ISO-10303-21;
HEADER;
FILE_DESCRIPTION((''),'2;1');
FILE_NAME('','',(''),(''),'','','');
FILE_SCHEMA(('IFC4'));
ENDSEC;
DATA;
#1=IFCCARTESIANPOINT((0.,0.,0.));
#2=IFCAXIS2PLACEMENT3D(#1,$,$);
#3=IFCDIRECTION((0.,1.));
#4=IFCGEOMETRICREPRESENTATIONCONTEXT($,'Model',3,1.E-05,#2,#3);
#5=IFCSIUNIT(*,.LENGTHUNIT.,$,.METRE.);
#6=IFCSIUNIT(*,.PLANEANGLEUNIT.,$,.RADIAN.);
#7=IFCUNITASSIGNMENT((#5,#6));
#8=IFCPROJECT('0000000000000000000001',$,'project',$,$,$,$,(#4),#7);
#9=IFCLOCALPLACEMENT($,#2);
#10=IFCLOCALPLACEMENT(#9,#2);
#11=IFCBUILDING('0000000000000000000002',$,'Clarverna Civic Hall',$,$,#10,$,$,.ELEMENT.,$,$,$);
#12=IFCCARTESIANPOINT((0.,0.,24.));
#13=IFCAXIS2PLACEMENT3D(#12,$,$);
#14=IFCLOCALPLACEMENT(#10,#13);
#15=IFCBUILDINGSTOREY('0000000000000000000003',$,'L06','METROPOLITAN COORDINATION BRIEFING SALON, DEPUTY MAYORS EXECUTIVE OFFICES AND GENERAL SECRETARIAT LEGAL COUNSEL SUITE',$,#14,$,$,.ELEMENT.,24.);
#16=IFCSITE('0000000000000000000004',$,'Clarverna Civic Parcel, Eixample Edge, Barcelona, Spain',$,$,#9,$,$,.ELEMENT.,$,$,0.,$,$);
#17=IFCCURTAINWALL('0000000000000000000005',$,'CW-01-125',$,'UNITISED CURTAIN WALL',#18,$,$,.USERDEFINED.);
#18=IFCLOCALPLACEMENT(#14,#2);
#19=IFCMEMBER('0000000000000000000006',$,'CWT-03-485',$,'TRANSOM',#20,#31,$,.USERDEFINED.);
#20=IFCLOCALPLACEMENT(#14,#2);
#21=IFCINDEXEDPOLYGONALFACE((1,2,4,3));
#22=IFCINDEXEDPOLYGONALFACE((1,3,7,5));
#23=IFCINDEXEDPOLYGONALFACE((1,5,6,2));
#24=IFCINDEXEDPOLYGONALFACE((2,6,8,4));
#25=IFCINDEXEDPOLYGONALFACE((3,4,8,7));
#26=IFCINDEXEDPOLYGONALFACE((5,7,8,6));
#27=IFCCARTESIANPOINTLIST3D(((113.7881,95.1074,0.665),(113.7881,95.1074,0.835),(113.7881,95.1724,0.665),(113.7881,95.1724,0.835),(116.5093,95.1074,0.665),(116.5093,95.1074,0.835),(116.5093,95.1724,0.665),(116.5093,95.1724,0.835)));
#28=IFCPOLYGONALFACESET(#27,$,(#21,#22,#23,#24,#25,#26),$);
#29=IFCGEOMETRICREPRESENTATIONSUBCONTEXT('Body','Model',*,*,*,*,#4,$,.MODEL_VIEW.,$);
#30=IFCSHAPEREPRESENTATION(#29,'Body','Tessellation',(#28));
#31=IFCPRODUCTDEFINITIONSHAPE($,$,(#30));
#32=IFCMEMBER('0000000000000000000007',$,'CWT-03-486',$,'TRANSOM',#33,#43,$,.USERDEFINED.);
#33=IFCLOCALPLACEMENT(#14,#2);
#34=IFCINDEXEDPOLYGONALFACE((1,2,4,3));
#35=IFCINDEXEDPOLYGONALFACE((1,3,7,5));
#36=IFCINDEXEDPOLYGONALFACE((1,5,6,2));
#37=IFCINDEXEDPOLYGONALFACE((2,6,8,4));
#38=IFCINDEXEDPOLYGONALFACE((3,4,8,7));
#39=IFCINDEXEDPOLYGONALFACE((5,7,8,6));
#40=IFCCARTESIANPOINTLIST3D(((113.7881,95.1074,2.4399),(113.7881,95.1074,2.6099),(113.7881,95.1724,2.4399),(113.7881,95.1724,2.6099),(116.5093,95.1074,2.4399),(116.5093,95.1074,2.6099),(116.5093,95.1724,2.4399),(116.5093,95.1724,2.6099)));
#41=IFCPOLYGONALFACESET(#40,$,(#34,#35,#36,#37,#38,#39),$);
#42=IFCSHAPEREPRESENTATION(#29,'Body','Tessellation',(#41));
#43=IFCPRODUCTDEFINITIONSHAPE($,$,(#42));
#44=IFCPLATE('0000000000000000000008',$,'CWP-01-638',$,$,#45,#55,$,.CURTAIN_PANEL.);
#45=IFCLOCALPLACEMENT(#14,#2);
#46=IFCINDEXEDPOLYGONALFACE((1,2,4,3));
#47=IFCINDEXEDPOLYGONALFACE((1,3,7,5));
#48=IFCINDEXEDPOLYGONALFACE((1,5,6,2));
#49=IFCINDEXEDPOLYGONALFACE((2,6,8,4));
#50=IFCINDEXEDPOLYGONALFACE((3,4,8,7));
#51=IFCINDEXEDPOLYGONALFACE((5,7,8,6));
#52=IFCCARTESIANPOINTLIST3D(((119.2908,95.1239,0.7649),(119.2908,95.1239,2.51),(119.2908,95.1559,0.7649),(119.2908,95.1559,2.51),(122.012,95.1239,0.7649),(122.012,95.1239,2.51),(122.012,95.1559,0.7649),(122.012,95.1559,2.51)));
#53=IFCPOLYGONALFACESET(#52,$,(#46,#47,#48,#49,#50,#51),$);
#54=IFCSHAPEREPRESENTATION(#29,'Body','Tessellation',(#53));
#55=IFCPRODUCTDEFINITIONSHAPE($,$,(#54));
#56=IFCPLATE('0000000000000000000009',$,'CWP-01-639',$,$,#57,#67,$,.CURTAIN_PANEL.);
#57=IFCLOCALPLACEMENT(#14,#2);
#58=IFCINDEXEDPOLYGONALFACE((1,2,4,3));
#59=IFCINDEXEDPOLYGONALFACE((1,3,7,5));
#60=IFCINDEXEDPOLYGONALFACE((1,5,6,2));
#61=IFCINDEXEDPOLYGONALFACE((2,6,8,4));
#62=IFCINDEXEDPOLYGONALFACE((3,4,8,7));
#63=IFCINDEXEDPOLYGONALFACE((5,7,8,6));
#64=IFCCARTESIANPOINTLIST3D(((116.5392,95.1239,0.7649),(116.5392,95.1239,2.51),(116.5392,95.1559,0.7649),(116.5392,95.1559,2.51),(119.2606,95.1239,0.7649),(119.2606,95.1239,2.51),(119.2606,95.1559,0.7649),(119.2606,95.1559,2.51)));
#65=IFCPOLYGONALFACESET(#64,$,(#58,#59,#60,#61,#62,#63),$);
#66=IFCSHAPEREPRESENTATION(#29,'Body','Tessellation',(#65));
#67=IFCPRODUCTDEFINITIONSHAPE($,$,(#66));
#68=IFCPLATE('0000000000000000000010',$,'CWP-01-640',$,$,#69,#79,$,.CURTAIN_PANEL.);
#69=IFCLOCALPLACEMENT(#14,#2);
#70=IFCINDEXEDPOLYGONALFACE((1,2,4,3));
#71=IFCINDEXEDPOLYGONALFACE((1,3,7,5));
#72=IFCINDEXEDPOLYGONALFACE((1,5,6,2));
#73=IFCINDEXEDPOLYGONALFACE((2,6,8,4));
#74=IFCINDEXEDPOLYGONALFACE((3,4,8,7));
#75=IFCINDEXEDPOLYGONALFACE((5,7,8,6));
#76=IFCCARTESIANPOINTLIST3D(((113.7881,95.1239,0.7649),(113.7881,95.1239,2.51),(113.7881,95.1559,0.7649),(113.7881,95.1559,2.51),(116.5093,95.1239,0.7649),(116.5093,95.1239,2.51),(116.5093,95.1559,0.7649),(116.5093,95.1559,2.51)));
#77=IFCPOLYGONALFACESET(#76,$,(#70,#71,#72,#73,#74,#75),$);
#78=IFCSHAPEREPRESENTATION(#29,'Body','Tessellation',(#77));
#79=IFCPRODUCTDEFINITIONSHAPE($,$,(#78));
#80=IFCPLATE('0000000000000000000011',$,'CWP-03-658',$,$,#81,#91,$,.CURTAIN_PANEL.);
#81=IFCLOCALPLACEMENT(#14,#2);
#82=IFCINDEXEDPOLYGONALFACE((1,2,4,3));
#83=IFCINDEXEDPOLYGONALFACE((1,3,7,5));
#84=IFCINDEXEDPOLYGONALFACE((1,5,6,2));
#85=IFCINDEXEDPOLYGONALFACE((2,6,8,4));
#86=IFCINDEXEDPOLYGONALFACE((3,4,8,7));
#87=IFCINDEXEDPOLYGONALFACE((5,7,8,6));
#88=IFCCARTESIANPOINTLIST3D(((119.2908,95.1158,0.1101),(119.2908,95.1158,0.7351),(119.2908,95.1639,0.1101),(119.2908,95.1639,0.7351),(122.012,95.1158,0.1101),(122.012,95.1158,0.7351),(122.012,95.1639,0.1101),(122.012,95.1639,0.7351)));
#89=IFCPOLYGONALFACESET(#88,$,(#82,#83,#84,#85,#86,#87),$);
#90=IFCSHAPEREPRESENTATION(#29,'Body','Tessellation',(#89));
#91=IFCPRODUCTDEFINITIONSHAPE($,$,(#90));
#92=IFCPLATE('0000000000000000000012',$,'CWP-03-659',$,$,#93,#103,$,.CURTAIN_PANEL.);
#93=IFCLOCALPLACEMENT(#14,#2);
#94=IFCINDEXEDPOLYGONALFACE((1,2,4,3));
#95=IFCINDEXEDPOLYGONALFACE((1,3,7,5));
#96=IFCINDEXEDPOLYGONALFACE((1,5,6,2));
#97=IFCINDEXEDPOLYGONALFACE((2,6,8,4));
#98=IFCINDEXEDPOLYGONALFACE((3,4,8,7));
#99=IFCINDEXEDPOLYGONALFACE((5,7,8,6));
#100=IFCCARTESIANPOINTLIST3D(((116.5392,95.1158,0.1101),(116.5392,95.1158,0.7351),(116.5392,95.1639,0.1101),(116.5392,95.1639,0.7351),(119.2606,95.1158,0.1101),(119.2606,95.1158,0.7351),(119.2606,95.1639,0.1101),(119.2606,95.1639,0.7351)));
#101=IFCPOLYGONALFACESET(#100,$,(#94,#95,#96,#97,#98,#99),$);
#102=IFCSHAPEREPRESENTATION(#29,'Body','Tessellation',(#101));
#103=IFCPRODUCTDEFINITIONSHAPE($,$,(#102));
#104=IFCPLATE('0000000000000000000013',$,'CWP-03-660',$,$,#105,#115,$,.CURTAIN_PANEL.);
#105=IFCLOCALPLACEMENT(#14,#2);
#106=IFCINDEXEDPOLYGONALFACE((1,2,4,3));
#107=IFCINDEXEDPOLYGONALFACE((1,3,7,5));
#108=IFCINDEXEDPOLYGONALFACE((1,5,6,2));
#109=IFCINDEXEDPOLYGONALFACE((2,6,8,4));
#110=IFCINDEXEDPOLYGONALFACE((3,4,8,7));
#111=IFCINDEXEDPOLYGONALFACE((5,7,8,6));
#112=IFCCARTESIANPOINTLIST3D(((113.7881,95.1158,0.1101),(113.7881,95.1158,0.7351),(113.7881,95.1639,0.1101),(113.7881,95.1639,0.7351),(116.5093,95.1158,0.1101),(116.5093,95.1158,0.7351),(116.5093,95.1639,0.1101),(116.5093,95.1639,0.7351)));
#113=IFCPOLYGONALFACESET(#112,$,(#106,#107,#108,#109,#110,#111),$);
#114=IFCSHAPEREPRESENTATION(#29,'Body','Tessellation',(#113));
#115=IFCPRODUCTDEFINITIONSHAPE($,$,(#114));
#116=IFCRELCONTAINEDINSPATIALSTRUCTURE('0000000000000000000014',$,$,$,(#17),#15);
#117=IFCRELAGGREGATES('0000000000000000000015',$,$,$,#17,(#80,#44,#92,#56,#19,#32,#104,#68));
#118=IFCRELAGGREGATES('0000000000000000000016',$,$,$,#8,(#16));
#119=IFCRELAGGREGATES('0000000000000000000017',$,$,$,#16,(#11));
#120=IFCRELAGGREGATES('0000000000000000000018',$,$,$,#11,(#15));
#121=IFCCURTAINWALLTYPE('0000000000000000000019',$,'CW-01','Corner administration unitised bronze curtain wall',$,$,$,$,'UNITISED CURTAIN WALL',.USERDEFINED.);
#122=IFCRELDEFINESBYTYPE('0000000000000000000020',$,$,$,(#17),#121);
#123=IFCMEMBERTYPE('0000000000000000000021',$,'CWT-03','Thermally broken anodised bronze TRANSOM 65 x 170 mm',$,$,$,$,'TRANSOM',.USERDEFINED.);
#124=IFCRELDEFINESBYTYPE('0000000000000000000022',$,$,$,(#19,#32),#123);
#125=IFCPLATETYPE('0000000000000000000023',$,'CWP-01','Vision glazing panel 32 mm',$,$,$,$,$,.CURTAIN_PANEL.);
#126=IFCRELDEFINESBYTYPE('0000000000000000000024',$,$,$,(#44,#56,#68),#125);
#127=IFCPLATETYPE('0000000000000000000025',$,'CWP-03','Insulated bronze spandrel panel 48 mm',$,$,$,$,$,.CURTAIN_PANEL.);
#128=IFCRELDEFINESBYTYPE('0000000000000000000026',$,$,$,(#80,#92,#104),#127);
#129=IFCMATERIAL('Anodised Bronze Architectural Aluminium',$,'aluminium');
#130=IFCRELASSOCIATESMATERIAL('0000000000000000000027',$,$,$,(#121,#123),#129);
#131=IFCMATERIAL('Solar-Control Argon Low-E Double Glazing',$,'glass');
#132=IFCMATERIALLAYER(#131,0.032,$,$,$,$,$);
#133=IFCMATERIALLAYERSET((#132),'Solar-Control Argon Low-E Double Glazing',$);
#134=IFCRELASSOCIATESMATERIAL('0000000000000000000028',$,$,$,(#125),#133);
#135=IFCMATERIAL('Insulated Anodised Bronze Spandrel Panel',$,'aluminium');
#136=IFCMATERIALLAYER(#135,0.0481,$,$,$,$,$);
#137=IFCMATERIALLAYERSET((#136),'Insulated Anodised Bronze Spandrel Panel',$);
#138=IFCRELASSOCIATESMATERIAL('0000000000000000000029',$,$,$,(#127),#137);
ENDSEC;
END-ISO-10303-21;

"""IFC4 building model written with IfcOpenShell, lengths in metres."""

from ifc_helpers import new_model, si_unit, direction, frame, frame_2d, origin, origin_2d, place, context, subcontext, project, spatial, rectangle, extrude, material, layer, layer_set, material_profile, profile_set, type_object, element, aggregate, save


model = new_model("IFC4")

# Units and contexts
model_context = context("Model", 3, precision=1e-05, world=origin(), true_north=direction((0.0, 1.0)))
body_context = subcontext(model_context, "Body", "Model", "MODEL_VIEW")
ifc_project = project(units=[si_unit("LENGTHUNIT", "METRE"), si_unit("PLANEANGLEUNIT", "RADIAN")], contexts=[model_context])

# Site, building, storey
site_placement = place(None, origin())
site = spatial("IfcSite", under=ifc_project, at=site_placement, Name="Clarverna Civic Parcel, Eixample Edge, Barcelona, Spain", CompositionType="ELEMENT", RefElevation=0.0)
building_placement = place(site_placement, origin())
building = spatial("IfcBuilding", under=site, at=building_placement, Name="Clarverna Civic Hall", CompositionType="ELEMENT")
storey_placement = place(building_placement, frame((0.0, 0.0, 24.0)))
storey = spatial("IfcBuildingStorey", under=building, at=storey_placement, Name="L06", Description="METROPOLITAN COORDINATION BRIEFING SALON, DEPUTY MAYORS EXECUTIVE OFFICES AND GENERAL SECRETARIAT LEGAL COUNSEL SUITE", CompositionType="ELEMENT", Elevation=24.0)

# Curtain wall, members, plates
ifc_material_1 = material(Name="Anodised Bronze Architectural Aluminium", Category="aluminium")
curtain_wall_type = type_object("IfcCurtainWallType", Name="CW-01", Description="Corner administration unitised bronze curtain wall", ElementType="UNITISED CURTAIN WALL", PredefinedType="USERDEFINED", material=ifc_material_1)
curtain_wall_placement = place(storey_placement, origin())
curtain_wall = element("IfcCurtainWall", 1, at=curtain_wall_placement, inside=storey, type_object=curtain_wall_type, Name="CW-01-125", ObjectType="UNITISED CURTAIN WALL", PredefinedType="USERDEFINED")
ifc_material_profile_1 = material_profile(ifc_material_1, rectangle(XDim=0.0649, YDim=0.1699, at=origin_2d()), Name="BRONZE 65x170")
ifc_profile_set_1 = profile_set([ifc_material_profile_1], Name="Anodised Bronze Architectural Aluminium")
member_type_1 = type_object("IfcMemberType", Name="CWT-03", Description="Thermally broken anodised bronze TRANSOM 65 x 170 mm", ElementType="TRANSOM", PredefinedType="USERDEFINED", material=ifc_profile_set_1)
member_1_placement = place(storey_placement, frame((116.5093, 95.1399, 0.75), z_axis=(-1.0, 0.0, 0.0), x_axis=(0.0, -1.0, 0.0)))
member_1 = element("IfcMember", 2, at=member_1_placement, type_object=member_type_1, Name="CWT-03-485", ObjectType="TRANSOM", PredefinedType="USERDEFINED", context=body_context, shape_type="SweptSolid", body=[
    extrude(rectangle(XDim=0.0649, YDim=0.1699, at=origin_2d()), origin(), (0.0, 0.0, 1.0), 2.7212),
])
member_2_placement = place(storey_placement, frame((116.5093, 95.1399, 2.5249), z_axis=(-1.0, 0.0, 0.0), x_axis=(0.0, -1.0, 0.0)))
member_2 = element("IfcMember", 3, at=member_2_placement, type_object=member_type_1, Name="CWT-03-486", ObjectType="TRANSOM", PredefinedType="USERDEFINED", context=body_context, shape_type="SweptSolid", body=[
    extrude(rectangle(XDim=0.0649, YDim=0.1699, at=origin_2d()), origin(), (0.0, 0.0, 1.0), 2.7212),
])
ifc_material_2 = material(Name="Solar-Control Argon Low-E Double Glazing", Category="glass")
ifc_layer_1 = layer(ifc_material_2, 0.032)
ifc_layer_set_1 = layer_set([ifc_layer_1], Name="Solar-Control Argon Low-E Double Glazing")
plate_type_1 = type_object("IfcPlateType", Name="CWP-01", Description="Vision glazing panel 32 mm", PredefinedType="CURTAIN_PANEL", material=ifc_layer_set_1)
plate_1_placement = place(storey_placement, frame((122.012, 95.1399, 0.7649), z_axis=(0.0, 0.0, 1.0), x_axis=(-1.0, 0.0, 0.0)))
plate_1 = element("IfcPlate", 4, at=plate_1_placement, type_object=plate_type_1, Name="CWP-01-638", PredefinedType="CURTAIN_PANEL", context=body_context, shape_type="SweptSolid", body=[
    extrude(rectangle(XDim=2.7212, YDim=0.032, at=frame_2d((1.3606, 0.0))), origin(), (0.0, 0.0, 1.0), 1.7451),
])
plate_2_placement = place(storey_placement, frame((119.2607, 95.1399, 0.7649), z_axis=(0.0, 0.0, 1.0), x_axis=(-1.0, 0.0, 0.0)))
plate_2 = element("IfcPlate", 5, at=plate_2_placement, type_object=plate_type_1, Name="CWP-01-639", PredefinedType="CURTAIN_PANEL", context=body_context, shape_type="SweptSolid", body=[
    extrude(rectangle(XDim=2.7214, YDim=0.032, at=frame_2d((1.3608, 0.0))), origin(), (0.0, 0.0, 1.0), 1.7451),
])
plate_3_placement = place(storey_placement, frame((116.5093, 95.1399, 0.7649), z_axis=(0.0, 0.0, 1.0), x_axis=(-1.0, 0.0, 0.0)))
plate_3 = element("IfcPlate", 6, at=plate_3_placement, type_object=plate_type_1, Name="CWP-01-640", PredefinedType="CURTAIN_PANEL", context=body_context, shape_type="SweptSolid", body=[
    extrude(rectangle(XDim=2.7212, YDim=0.032, at=frame_2d((1.3606, 0.0))), origin(), (0.0, 0.0, 1.0), 1.7451),
])
ifc_material_3 = material(Name="Insulated Anodised Bronze Spandrel Panel", Category="aluminium")
ifc_layer_2 = layer(ifc_material_3, 0.0481)
ifc_layer_set_2 = layer_set([ifc_layer_2], Name="Insulated Anodised Bronze Spandrel Panel")
plate_type_2 = type_object("IfcPlateType", Name="CWP-03", Description="Insulated bronze spandrel panel 48 mm", PredefinedType="CURTAIN_PANEL", material=ifc_layer_set_2)
plate_4_placement = place(storey_placement, frame((122.012, 95.1399, 0.1101), z_axis=(0.0, 0.0, 1.0), x_axis=(-1.0, 0.0, 0.0)))
plate_4 = element("IfcPlate", 7, at=plate_4_placement, type_object=plate_type_2, Name="CWP-03-658", PredefinedType="CURTAIN_PANEL", context=body_context, shape_type="SweptSolid", body=[
    extrude(rectangle(XDim=2.7212, YDim=0.0481, at=frame_2d((1.3606, 0.0))), origin(), (0.0, 0.0, 1.0), 0.625),
])
plate_5_placement = place(storey_placement, frame((119.2607, 95.1399, 0.1101), z_axis=(0.0, 0.0, 1.0), x_axis=(-1.0, 0.0, 0.0)))
plate_5 = element("IfcPlate", 8, at=plate_5_placement, type_object=plate_type_2, Name="CWP-03-659", PredefinedType="CURTAIN_PANEL", context=body_context, shape_type="SweptSolid", body=[
    extrude(rectangle(XDim=2.7214, YDim=0.0481, at=frame_2d((1.3608, 0.0))), origin(), (0.0, 0.0, 1.0), 0.625),
])
plate_6_placement = place(storey_placement, frame((116.5093, 95.1399, 0.1101), z_axis=(0.0, 0.0, 1.0), x_axis=(-1.0, 0.0, 0.0)))
plate_6 = element("IfcPlate", 9, at=plate_6_placement, type_object=plate_type_2, Name="CWP-03-660", PredefinedType="CURTAIN_PANEL", context=body_context, shape_type="SweptSolid", body=[
    extrude(rectangle(XDim=2.7212, YDim=0.0481, at=frame_2d((1.3606, 0.0))), origin(), (0.0, 0.0, 1.0), 0.625),
])
aggregate(curtain_wall, [plate_4, plate_1, plate_5, plate_2, member_1, member_2, plate_6, plate_3])

save(model, "model.ifc")
